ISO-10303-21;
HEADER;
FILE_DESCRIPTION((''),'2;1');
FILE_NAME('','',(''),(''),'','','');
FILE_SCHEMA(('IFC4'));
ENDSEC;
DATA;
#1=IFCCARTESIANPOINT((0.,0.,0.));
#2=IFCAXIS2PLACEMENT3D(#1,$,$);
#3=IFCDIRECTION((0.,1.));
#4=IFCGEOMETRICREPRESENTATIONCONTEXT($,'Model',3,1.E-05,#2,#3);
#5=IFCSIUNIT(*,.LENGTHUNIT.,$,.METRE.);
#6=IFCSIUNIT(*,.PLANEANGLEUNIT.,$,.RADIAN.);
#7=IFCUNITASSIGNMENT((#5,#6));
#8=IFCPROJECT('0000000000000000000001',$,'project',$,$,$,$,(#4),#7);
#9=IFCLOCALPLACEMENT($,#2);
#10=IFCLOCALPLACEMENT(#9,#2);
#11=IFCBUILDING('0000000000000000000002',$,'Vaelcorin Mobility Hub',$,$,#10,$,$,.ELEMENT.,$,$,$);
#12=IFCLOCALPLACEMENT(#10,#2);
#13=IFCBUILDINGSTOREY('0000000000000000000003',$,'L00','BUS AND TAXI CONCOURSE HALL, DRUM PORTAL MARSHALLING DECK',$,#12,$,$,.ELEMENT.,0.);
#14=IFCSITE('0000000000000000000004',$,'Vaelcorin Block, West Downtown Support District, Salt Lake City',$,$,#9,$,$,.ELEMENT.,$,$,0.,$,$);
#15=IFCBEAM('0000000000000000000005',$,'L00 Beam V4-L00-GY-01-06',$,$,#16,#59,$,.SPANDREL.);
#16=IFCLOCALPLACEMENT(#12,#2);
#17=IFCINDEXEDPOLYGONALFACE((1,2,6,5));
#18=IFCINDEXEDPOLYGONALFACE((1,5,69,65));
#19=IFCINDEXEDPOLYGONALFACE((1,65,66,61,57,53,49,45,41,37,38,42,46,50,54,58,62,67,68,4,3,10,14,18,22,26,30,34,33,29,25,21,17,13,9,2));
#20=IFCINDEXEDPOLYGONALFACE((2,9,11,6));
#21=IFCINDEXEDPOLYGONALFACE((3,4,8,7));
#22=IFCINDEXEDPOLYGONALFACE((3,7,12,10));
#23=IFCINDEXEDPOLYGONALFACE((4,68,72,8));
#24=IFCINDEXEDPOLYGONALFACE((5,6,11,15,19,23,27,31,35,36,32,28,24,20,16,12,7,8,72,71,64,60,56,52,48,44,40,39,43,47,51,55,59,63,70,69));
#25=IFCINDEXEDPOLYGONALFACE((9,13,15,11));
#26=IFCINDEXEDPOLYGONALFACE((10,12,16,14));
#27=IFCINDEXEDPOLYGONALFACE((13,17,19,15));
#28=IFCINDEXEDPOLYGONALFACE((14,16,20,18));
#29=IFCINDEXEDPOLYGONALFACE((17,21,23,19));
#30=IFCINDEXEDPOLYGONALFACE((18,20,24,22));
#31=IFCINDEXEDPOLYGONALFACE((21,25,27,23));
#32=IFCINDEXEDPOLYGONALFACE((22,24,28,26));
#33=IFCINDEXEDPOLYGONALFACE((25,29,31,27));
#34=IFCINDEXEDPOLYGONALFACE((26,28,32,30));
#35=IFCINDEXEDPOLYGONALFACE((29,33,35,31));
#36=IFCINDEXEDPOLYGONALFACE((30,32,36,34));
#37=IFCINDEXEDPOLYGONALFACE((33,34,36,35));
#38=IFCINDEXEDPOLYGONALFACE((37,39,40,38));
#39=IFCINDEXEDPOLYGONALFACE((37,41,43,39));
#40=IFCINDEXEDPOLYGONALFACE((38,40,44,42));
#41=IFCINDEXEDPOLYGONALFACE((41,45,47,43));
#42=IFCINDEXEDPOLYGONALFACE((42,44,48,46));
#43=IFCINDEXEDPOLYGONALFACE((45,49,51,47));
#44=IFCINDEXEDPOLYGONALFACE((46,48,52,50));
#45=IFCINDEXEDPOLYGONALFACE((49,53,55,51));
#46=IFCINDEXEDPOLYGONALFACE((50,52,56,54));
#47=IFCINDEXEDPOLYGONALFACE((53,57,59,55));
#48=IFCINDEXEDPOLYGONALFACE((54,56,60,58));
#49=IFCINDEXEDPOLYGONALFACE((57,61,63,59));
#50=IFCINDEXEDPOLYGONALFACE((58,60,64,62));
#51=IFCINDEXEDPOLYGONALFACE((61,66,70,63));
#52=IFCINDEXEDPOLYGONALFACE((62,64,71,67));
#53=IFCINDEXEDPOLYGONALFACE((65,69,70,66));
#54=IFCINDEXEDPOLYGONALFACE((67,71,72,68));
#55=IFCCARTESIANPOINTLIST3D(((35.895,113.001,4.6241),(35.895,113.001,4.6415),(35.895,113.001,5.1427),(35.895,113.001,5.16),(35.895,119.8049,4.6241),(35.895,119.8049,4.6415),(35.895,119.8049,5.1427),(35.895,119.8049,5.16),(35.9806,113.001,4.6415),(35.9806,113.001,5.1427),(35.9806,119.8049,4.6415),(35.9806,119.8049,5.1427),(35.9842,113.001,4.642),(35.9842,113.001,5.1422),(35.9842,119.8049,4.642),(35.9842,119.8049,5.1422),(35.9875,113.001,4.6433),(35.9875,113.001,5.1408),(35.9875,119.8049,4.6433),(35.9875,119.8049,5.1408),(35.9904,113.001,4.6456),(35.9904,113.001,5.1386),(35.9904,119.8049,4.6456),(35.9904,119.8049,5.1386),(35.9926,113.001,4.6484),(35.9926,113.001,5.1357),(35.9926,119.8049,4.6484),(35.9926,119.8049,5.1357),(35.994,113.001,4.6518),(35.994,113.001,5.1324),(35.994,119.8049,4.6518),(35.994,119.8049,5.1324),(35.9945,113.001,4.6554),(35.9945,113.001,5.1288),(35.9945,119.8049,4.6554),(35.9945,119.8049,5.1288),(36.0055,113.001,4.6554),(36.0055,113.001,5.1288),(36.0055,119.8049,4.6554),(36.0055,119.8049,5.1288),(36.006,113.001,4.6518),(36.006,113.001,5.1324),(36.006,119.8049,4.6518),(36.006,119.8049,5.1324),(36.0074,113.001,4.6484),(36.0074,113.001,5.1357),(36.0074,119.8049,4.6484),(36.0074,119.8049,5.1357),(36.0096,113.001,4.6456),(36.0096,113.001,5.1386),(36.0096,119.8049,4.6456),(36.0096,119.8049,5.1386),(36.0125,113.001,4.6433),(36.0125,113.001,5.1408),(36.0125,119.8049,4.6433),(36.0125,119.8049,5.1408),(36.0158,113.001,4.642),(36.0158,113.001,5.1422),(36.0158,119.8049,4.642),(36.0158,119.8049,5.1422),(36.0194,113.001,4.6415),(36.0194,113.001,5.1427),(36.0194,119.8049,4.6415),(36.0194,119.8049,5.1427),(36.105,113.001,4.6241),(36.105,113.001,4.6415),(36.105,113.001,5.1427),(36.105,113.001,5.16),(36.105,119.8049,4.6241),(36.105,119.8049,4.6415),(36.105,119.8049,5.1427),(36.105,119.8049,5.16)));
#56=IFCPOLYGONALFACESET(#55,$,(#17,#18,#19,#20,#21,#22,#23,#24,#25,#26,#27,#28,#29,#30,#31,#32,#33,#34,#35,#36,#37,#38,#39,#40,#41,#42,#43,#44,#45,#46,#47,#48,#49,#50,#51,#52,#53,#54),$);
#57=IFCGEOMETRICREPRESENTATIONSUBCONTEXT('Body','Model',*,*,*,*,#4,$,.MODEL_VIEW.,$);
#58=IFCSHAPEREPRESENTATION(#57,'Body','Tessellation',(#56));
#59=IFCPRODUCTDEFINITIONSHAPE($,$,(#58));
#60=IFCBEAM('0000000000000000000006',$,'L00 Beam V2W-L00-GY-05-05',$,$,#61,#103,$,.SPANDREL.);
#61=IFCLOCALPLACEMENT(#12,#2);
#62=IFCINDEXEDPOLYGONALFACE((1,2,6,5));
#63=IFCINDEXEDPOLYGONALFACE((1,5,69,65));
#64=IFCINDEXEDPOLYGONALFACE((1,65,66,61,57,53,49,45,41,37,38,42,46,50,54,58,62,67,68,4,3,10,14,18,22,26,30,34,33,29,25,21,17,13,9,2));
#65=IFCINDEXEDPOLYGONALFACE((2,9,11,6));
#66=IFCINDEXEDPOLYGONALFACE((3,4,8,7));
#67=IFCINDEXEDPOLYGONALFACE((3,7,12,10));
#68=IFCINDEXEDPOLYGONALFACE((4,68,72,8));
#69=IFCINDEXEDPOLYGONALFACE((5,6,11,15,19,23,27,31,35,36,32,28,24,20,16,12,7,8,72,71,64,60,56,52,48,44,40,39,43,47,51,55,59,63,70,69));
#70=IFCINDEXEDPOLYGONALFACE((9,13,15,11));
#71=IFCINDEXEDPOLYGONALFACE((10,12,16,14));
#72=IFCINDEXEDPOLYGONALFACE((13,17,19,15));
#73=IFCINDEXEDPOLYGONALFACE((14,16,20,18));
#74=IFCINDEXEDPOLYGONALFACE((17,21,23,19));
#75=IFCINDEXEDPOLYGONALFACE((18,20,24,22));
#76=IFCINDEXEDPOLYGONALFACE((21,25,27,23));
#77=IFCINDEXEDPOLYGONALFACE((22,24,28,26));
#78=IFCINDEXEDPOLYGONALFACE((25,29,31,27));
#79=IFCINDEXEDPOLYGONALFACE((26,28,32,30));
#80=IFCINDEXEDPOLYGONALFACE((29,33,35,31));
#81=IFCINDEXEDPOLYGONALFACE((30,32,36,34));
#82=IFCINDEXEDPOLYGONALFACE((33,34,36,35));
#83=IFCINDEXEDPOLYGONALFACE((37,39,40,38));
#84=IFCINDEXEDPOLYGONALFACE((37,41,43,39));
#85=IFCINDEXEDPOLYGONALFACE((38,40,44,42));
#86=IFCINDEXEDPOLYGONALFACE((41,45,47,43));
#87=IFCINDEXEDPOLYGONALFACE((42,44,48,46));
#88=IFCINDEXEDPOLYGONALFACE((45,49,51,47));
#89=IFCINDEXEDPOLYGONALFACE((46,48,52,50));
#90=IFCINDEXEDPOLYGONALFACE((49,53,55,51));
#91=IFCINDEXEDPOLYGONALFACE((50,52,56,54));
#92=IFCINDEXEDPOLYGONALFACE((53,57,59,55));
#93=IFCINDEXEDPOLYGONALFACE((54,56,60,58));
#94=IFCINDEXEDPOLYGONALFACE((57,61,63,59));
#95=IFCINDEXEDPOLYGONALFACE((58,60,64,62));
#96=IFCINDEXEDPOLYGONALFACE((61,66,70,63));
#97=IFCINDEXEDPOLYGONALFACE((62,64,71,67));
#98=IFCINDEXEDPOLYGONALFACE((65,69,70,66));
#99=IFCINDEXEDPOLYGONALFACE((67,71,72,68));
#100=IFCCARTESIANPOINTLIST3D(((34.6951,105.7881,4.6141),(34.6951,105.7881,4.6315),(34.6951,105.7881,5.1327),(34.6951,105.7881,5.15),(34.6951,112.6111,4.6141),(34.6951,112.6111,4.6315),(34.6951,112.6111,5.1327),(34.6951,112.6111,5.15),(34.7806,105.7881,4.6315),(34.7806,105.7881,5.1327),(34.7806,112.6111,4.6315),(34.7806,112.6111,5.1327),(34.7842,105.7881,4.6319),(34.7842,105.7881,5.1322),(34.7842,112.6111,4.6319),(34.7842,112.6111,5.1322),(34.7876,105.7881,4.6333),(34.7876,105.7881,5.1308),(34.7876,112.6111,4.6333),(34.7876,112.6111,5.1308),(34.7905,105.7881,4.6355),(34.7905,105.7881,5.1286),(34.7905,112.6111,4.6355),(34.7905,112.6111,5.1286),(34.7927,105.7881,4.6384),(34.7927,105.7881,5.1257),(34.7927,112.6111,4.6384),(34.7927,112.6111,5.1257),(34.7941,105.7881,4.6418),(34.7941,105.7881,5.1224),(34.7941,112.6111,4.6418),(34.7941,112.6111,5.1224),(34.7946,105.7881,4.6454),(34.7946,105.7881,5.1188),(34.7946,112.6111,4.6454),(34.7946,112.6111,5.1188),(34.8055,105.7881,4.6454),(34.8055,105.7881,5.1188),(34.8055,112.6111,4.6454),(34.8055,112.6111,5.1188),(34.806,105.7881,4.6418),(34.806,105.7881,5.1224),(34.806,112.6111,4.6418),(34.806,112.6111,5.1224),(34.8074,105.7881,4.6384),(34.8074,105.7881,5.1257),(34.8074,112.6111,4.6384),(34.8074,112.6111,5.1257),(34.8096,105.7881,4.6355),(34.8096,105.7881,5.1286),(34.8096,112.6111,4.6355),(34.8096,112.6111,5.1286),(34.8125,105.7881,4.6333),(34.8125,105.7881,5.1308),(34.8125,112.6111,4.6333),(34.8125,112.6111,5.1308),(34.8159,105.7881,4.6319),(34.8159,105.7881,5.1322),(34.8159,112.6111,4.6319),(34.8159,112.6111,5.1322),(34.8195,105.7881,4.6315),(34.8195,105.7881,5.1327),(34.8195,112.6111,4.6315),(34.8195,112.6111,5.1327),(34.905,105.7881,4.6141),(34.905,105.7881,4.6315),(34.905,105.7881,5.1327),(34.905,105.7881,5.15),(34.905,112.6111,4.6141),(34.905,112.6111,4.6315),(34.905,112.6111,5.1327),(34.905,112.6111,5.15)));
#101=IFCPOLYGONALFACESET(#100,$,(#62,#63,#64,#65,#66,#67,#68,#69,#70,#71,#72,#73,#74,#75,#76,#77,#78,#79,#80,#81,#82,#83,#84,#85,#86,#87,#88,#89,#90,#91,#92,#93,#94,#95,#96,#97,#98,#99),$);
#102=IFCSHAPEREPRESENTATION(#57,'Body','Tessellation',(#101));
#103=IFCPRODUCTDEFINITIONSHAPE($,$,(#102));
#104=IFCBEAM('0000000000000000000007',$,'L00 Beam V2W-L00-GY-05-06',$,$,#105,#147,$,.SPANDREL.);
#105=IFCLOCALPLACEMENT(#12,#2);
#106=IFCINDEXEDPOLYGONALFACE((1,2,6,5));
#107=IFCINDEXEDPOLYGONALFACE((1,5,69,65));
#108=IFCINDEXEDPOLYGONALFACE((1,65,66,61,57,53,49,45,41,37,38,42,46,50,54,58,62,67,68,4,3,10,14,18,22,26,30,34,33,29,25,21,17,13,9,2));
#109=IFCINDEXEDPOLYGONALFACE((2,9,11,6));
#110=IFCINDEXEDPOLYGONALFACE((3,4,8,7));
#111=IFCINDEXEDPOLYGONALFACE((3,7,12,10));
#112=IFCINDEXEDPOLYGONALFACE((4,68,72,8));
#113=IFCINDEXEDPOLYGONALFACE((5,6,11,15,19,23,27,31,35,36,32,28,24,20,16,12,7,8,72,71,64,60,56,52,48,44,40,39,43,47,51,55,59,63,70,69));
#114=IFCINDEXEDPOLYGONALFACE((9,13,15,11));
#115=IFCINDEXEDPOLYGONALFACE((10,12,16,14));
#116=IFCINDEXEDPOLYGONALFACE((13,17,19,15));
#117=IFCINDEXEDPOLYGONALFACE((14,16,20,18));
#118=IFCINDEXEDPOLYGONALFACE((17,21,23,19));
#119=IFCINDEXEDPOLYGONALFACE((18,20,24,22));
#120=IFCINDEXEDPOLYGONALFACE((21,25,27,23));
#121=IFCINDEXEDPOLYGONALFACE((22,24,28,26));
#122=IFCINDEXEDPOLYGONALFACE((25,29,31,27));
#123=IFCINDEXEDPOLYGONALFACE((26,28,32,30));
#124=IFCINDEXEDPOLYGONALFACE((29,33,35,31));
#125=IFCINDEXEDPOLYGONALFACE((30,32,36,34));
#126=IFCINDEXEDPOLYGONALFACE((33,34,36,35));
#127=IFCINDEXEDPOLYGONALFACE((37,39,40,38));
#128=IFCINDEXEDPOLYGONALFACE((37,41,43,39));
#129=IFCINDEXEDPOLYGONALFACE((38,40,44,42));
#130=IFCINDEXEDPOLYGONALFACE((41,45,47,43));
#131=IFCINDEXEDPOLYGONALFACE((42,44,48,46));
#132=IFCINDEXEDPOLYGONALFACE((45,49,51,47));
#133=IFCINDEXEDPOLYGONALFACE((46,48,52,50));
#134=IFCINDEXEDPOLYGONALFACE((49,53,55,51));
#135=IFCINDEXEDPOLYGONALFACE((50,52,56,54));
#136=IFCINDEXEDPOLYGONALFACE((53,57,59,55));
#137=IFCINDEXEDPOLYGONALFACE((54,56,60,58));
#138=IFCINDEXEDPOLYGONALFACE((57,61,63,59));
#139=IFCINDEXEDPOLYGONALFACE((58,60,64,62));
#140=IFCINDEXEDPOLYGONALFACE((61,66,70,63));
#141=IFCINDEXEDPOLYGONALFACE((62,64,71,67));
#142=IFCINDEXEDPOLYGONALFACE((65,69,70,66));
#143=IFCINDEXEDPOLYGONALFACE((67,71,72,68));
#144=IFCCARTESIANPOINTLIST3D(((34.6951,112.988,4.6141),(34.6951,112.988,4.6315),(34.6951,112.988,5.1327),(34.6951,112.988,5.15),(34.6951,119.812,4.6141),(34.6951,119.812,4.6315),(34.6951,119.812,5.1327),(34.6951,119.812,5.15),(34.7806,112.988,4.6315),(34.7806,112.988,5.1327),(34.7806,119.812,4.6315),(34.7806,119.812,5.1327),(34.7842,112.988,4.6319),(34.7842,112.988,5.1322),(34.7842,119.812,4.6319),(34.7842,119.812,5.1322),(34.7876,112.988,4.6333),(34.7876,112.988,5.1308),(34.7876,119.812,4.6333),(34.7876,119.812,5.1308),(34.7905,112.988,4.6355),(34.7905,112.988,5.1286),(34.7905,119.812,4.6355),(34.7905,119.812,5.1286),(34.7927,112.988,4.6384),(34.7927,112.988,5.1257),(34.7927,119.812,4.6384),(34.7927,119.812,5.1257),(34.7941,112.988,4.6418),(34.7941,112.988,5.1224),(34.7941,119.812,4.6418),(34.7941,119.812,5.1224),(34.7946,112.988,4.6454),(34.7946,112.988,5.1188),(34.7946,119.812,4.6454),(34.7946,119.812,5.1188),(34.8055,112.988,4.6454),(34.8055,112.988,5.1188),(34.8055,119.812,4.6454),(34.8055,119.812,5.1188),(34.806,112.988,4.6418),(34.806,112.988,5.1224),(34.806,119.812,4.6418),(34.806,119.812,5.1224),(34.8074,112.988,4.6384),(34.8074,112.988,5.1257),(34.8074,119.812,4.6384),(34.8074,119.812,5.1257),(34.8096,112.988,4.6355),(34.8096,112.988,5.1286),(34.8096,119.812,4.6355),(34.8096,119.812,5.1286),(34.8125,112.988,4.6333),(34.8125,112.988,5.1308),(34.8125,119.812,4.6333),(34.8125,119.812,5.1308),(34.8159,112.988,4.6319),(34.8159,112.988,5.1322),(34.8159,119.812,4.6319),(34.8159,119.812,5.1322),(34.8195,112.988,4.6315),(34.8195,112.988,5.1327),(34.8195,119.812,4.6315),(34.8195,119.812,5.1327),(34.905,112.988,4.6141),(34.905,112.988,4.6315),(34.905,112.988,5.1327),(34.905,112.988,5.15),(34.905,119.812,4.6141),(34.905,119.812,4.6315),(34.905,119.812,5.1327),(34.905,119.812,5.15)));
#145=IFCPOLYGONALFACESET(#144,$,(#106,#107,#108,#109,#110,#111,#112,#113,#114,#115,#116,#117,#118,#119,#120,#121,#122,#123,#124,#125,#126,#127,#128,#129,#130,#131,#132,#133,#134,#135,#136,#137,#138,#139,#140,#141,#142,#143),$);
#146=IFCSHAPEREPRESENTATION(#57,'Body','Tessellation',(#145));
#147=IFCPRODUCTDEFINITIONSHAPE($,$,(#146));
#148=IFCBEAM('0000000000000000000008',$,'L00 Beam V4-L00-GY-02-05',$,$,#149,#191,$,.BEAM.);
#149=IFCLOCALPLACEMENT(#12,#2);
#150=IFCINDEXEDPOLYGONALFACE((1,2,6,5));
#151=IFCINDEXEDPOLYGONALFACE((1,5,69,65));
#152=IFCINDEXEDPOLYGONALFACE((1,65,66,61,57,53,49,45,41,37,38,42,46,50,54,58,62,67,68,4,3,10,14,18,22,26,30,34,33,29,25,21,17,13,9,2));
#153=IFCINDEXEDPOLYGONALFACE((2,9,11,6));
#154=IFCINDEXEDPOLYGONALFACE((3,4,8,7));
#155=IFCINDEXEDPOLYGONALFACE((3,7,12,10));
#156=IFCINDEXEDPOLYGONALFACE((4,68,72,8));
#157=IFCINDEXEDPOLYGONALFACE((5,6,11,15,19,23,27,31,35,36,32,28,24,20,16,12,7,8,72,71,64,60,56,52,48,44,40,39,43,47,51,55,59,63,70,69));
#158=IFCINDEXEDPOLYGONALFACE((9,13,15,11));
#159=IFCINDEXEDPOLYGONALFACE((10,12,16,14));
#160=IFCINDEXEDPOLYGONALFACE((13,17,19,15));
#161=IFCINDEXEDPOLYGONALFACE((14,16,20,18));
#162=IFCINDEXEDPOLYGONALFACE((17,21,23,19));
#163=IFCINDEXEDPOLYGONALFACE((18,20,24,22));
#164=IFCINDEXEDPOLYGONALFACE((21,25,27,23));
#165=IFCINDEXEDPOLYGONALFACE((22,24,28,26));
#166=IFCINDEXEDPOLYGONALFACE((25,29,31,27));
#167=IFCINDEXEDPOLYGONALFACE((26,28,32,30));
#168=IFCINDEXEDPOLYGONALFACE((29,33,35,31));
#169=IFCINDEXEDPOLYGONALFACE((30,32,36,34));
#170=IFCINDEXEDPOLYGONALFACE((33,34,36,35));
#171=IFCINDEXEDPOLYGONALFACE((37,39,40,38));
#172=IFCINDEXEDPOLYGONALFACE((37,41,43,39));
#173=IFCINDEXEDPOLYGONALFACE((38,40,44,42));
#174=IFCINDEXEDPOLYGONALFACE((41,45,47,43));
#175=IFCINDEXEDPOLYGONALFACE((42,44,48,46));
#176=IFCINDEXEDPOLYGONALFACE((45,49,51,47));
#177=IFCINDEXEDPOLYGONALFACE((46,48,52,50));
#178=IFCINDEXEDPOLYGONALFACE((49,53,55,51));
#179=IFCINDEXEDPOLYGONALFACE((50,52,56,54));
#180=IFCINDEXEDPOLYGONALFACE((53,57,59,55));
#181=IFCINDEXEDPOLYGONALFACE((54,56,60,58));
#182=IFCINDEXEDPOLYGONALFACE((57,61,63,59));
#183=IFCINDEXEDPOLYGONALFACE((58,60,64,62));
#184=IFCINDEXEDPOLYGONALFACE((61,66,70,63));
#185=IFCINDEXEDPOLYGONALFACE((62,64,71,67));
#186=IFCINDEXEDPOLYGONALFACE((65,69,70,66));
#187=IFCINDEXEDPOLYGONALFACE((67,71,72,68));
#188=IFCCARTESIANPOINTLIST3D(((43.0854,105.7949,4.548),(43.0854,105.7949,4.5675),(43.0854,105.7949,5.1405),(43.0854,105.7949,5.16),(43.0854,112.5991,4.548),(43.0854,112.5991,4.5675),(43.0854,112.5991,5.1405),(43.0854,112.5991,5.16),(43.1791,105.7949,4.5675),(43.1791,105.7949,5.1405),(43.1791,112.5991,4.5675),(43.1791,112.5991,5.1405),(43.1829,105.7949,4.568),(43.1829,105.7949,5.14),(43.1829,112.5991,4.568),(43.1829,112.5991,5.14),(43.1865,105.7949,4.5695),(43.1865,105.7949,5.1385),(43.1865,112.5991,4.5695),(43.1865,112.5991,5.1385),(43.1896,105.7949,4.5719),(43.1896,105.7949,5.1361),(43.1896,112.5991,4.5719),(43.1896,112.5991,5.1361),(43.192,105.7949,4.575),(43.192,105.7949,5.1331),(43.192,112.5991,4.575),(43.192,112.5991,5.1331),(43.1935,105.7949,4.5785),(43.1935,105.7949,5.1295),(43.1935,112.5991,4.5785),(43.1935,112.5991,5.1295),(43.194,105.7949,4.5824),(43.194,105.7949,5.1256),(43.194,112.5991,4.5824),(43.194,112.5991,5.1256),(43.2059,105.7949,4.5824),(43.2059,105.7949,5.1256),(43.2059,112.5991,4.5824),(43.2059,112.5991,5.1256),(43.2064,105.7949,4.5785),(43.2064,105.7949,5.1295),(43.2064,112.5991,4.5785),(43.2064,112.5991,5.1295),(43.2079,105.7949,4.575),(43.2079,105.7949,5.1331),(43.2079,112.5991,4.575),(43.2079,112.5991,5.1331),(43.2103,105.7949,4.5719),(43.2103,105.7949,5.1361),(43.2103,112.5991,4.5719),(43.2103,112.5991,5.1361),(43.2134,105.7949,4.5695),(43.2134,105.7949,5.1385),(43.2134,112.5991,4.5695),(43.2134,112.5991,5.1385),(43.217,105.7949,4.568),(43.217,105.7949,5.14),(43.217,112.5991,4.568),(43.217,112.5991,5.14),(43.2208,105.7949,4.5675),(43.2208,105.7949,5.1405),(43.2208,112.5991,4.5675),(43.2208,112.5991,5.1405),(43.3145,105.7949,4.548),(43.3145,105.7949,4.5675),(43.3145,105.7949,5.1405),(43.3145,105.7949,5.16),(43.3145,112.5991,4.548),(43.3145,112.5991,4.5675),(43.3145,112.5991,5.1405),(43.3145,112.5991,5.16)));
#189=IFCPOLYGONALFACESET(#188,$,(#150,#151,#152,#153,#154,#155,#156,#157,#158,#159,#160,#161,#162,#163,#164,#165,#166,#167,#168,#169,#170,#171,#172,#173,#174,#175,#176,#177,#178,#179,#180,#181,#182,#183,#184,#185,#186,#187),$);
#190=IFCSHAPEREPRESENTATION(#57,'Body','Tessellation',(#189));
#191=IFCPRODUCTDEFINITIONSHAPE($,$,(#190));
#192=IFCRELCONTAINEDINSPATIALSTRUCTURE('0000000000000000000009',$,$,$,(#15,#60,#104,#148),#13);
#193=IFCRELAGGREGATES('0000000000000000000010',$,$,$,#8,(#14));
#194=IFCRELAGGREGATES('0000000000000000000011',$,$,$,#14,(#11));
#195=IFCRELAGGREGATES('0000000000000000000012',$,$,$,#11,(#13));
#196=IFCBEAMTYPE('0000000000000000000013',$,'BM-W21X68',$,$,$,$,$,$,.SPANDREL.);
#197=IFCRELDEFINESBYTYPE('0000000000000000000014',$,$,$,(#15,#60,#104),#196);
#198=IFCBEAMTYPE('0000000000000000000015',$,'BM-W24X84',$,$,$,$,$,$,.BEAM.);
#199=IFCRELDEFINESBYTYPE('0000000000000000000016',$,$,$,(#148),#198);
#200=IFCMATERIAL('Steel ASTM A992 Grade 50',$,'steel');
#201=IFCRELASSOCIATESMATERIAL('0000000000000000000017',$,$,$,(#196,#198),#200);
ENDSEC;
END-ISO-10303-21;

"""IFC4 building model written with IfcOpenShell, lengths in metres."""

from ifc_helpers import new_model, si_unit, direction, frame, origin, origin_2d, place, context, subcontext, project, spatial, i_section, extrude, material, material_profile, profile_set, type_object, element, save


model = new_model("IFC4")

# Units and contexts
model_context = context("Model", 3, precision=1e-05, world=origin(), true_north=direction((0.0, 1.0)))
body_context = subcontext(model_context, "Body", "Model", "MODEL_VIEW")
ifc_project = project(units=[si_unit("LENGTHUNIT", "METRE"), si_unit("PLANEANGLEUNIT", "RADIAN")], contexts=[model_context])

# Site, building, storey
site_placement = place(None, origin())
site = spatial("IfcSite", under=ifc_project, at=site_placement, Name="Vaelcorin Block, West Downtown Support District, Salt Lake City", CompositionType="ELEMENT", RefElevation=0.0)
building_placement = place(site_placement, origin())
building = spatial("IfcBuilding", under=site, at=building_placement, Name="Vaelcorin Mobility Hub", CompositionType="ELEMENT")
storey_placement = place(building_placement, origin())
storey = spatial("IfcBuildingStorey", under=building, at=storey_placement, Name="L00", Description="BUS AND TAXI CONCOURSE HALL, DRUM PORTAL MARSHALLING DECK", CompositionType="ELEMENT", Elevation=0.0)

# Shared definitions
ifc_material_1 = material(Name="Steel ASTM A992 Grade 50", Category="steel")

# Beams
ifc_material_profile_1 = material_profile(ifc_material_1, i_section(OverallWidth=0.21, OverallDepth=0.5359, WebThickness=0.011, FlangeThickness=0.0173, FilletRadius=0.0139, at=origin_2d()), Name="W21X68")
ifc_profile_set_1 = profile_set([ifc_material_profile_1], Name="Steel ASTM A992 Grade 50")
beam_type_1 = type_object("IfcBeamType", Name="BM-W21X68", PredefinedType="SPANDREL", material=ifc_profile_set_1)
beam_1_placement = place(storey_placement, frame((36.0, 113.001, 4.8921), z_axis=(0.0, 1.0, 0.0), x_axis=(-1.0, 0.0, 0.0)))
element("IfcBeam", 1, at=beam_1_placement, inside=storey, type_object=beam_type_1, Name="L00 Beam V4-L00-GY-01-06", PredefinedType="SPANDREL", context=body_context, shape_type="SweptSolid", body=[
    extrude(i_section(OverallWidth=0.21, OverallDepth=0.5359, WebThickness=0.011, FlangeThickness=0.0173, FilletRadius=0.0139, at=origin_2d()), origin(), (0.0, 0.0, 1.0), 6.804),
])
beam_2_placement = place(storey_placement, frame((34.8, 105.7881, 4.8821), z_axis=(0.0, 1.0, 0.0), x_axis=(-1.0, 0.0, 0.0)))
element("IfcBeam", 2, at=beam_2_placement, inside=storey, type_object=beam_type_1, Name="L00 Beam V2W-L00-GY-05-05", PredefinedType="SPANDREL", context=body_context, shape_type="SweptSolid", body=[
    extrude(i_section(OverallWidth=0.21, OverallDepth=0.5359, WebThickness=0.011, FlangeThickness=0.0173, FilletRadius=0.0139, at=origin_2d()), origin(), (0.0, 0.0, 1.0), 6.823),
])
beam_3_placement = place(storey_placement, frame((34.8, 112.988, 4.8821), z_axis=(0.0, 1.0, 0.0), x_axis=(-1.0, 0.0, 0.0)))
element("IfcBeam", 3, at=beam_3_placement, inside=storey, type_object=beam_type_1, Name="L00 Beam V2W-L00-GY-05-06", PredefinedType="SPANDREL", context=body_context, shape_type="SweptSolid", body=[
    extrude(i_section(OverallWidth=0.21, OverallDepth=0.5359, WebThickness=0.011, FlangeThickness=0.0173, FilletRadius=0.0139, at=origin_2d()), origin(), (0.0, 0.0, 1.0), 6.824),
])
ifc_material_profile_2 = material_profile(ifc_material_1, i_section(OverallWidth=0.229, OverallDepth=0.6121, WebThickness=0.012, FlangeThickness=0.0195, FilletRadius=0.0149, at=origin_2d()), Name="W24X84")
ifc_profile_set_2 = profile_set([ifc_material_profile_2], Name="Steel ASTM A992 Grade 50")
beam_type_2 = type_object("IfcBeamType", Name="BM-W24X84", PredefinedType="BEAM", material=ifc_profile_set_2)
beam_4_placement = place(storey_placement, frame((43.2, 105.7949, 4.854), z_axis=(0.0, 1.0, 0.0), x_axis=(-1.0, 0.0, 0.0)))
element("IfcBeam", 4, at=beam_4_placement, inside=storey, type_object=beam_type_2, Name="L00 Beam V4-L00-GY-02-05", PredefinedType="BEAM", context=body_context, shape_type="SweptSolid", body=[
    extrude(i_section(OverallWidth=0.229, OverallDepth=0.6121, WebThickness=0.012, FlangeThickness=0.0195, FilletRadius=0.0149, at=origin_2d()), origin(), (0.0, 0.0, 1.0), 6.8042),
])

save(model, "model.ifc")
